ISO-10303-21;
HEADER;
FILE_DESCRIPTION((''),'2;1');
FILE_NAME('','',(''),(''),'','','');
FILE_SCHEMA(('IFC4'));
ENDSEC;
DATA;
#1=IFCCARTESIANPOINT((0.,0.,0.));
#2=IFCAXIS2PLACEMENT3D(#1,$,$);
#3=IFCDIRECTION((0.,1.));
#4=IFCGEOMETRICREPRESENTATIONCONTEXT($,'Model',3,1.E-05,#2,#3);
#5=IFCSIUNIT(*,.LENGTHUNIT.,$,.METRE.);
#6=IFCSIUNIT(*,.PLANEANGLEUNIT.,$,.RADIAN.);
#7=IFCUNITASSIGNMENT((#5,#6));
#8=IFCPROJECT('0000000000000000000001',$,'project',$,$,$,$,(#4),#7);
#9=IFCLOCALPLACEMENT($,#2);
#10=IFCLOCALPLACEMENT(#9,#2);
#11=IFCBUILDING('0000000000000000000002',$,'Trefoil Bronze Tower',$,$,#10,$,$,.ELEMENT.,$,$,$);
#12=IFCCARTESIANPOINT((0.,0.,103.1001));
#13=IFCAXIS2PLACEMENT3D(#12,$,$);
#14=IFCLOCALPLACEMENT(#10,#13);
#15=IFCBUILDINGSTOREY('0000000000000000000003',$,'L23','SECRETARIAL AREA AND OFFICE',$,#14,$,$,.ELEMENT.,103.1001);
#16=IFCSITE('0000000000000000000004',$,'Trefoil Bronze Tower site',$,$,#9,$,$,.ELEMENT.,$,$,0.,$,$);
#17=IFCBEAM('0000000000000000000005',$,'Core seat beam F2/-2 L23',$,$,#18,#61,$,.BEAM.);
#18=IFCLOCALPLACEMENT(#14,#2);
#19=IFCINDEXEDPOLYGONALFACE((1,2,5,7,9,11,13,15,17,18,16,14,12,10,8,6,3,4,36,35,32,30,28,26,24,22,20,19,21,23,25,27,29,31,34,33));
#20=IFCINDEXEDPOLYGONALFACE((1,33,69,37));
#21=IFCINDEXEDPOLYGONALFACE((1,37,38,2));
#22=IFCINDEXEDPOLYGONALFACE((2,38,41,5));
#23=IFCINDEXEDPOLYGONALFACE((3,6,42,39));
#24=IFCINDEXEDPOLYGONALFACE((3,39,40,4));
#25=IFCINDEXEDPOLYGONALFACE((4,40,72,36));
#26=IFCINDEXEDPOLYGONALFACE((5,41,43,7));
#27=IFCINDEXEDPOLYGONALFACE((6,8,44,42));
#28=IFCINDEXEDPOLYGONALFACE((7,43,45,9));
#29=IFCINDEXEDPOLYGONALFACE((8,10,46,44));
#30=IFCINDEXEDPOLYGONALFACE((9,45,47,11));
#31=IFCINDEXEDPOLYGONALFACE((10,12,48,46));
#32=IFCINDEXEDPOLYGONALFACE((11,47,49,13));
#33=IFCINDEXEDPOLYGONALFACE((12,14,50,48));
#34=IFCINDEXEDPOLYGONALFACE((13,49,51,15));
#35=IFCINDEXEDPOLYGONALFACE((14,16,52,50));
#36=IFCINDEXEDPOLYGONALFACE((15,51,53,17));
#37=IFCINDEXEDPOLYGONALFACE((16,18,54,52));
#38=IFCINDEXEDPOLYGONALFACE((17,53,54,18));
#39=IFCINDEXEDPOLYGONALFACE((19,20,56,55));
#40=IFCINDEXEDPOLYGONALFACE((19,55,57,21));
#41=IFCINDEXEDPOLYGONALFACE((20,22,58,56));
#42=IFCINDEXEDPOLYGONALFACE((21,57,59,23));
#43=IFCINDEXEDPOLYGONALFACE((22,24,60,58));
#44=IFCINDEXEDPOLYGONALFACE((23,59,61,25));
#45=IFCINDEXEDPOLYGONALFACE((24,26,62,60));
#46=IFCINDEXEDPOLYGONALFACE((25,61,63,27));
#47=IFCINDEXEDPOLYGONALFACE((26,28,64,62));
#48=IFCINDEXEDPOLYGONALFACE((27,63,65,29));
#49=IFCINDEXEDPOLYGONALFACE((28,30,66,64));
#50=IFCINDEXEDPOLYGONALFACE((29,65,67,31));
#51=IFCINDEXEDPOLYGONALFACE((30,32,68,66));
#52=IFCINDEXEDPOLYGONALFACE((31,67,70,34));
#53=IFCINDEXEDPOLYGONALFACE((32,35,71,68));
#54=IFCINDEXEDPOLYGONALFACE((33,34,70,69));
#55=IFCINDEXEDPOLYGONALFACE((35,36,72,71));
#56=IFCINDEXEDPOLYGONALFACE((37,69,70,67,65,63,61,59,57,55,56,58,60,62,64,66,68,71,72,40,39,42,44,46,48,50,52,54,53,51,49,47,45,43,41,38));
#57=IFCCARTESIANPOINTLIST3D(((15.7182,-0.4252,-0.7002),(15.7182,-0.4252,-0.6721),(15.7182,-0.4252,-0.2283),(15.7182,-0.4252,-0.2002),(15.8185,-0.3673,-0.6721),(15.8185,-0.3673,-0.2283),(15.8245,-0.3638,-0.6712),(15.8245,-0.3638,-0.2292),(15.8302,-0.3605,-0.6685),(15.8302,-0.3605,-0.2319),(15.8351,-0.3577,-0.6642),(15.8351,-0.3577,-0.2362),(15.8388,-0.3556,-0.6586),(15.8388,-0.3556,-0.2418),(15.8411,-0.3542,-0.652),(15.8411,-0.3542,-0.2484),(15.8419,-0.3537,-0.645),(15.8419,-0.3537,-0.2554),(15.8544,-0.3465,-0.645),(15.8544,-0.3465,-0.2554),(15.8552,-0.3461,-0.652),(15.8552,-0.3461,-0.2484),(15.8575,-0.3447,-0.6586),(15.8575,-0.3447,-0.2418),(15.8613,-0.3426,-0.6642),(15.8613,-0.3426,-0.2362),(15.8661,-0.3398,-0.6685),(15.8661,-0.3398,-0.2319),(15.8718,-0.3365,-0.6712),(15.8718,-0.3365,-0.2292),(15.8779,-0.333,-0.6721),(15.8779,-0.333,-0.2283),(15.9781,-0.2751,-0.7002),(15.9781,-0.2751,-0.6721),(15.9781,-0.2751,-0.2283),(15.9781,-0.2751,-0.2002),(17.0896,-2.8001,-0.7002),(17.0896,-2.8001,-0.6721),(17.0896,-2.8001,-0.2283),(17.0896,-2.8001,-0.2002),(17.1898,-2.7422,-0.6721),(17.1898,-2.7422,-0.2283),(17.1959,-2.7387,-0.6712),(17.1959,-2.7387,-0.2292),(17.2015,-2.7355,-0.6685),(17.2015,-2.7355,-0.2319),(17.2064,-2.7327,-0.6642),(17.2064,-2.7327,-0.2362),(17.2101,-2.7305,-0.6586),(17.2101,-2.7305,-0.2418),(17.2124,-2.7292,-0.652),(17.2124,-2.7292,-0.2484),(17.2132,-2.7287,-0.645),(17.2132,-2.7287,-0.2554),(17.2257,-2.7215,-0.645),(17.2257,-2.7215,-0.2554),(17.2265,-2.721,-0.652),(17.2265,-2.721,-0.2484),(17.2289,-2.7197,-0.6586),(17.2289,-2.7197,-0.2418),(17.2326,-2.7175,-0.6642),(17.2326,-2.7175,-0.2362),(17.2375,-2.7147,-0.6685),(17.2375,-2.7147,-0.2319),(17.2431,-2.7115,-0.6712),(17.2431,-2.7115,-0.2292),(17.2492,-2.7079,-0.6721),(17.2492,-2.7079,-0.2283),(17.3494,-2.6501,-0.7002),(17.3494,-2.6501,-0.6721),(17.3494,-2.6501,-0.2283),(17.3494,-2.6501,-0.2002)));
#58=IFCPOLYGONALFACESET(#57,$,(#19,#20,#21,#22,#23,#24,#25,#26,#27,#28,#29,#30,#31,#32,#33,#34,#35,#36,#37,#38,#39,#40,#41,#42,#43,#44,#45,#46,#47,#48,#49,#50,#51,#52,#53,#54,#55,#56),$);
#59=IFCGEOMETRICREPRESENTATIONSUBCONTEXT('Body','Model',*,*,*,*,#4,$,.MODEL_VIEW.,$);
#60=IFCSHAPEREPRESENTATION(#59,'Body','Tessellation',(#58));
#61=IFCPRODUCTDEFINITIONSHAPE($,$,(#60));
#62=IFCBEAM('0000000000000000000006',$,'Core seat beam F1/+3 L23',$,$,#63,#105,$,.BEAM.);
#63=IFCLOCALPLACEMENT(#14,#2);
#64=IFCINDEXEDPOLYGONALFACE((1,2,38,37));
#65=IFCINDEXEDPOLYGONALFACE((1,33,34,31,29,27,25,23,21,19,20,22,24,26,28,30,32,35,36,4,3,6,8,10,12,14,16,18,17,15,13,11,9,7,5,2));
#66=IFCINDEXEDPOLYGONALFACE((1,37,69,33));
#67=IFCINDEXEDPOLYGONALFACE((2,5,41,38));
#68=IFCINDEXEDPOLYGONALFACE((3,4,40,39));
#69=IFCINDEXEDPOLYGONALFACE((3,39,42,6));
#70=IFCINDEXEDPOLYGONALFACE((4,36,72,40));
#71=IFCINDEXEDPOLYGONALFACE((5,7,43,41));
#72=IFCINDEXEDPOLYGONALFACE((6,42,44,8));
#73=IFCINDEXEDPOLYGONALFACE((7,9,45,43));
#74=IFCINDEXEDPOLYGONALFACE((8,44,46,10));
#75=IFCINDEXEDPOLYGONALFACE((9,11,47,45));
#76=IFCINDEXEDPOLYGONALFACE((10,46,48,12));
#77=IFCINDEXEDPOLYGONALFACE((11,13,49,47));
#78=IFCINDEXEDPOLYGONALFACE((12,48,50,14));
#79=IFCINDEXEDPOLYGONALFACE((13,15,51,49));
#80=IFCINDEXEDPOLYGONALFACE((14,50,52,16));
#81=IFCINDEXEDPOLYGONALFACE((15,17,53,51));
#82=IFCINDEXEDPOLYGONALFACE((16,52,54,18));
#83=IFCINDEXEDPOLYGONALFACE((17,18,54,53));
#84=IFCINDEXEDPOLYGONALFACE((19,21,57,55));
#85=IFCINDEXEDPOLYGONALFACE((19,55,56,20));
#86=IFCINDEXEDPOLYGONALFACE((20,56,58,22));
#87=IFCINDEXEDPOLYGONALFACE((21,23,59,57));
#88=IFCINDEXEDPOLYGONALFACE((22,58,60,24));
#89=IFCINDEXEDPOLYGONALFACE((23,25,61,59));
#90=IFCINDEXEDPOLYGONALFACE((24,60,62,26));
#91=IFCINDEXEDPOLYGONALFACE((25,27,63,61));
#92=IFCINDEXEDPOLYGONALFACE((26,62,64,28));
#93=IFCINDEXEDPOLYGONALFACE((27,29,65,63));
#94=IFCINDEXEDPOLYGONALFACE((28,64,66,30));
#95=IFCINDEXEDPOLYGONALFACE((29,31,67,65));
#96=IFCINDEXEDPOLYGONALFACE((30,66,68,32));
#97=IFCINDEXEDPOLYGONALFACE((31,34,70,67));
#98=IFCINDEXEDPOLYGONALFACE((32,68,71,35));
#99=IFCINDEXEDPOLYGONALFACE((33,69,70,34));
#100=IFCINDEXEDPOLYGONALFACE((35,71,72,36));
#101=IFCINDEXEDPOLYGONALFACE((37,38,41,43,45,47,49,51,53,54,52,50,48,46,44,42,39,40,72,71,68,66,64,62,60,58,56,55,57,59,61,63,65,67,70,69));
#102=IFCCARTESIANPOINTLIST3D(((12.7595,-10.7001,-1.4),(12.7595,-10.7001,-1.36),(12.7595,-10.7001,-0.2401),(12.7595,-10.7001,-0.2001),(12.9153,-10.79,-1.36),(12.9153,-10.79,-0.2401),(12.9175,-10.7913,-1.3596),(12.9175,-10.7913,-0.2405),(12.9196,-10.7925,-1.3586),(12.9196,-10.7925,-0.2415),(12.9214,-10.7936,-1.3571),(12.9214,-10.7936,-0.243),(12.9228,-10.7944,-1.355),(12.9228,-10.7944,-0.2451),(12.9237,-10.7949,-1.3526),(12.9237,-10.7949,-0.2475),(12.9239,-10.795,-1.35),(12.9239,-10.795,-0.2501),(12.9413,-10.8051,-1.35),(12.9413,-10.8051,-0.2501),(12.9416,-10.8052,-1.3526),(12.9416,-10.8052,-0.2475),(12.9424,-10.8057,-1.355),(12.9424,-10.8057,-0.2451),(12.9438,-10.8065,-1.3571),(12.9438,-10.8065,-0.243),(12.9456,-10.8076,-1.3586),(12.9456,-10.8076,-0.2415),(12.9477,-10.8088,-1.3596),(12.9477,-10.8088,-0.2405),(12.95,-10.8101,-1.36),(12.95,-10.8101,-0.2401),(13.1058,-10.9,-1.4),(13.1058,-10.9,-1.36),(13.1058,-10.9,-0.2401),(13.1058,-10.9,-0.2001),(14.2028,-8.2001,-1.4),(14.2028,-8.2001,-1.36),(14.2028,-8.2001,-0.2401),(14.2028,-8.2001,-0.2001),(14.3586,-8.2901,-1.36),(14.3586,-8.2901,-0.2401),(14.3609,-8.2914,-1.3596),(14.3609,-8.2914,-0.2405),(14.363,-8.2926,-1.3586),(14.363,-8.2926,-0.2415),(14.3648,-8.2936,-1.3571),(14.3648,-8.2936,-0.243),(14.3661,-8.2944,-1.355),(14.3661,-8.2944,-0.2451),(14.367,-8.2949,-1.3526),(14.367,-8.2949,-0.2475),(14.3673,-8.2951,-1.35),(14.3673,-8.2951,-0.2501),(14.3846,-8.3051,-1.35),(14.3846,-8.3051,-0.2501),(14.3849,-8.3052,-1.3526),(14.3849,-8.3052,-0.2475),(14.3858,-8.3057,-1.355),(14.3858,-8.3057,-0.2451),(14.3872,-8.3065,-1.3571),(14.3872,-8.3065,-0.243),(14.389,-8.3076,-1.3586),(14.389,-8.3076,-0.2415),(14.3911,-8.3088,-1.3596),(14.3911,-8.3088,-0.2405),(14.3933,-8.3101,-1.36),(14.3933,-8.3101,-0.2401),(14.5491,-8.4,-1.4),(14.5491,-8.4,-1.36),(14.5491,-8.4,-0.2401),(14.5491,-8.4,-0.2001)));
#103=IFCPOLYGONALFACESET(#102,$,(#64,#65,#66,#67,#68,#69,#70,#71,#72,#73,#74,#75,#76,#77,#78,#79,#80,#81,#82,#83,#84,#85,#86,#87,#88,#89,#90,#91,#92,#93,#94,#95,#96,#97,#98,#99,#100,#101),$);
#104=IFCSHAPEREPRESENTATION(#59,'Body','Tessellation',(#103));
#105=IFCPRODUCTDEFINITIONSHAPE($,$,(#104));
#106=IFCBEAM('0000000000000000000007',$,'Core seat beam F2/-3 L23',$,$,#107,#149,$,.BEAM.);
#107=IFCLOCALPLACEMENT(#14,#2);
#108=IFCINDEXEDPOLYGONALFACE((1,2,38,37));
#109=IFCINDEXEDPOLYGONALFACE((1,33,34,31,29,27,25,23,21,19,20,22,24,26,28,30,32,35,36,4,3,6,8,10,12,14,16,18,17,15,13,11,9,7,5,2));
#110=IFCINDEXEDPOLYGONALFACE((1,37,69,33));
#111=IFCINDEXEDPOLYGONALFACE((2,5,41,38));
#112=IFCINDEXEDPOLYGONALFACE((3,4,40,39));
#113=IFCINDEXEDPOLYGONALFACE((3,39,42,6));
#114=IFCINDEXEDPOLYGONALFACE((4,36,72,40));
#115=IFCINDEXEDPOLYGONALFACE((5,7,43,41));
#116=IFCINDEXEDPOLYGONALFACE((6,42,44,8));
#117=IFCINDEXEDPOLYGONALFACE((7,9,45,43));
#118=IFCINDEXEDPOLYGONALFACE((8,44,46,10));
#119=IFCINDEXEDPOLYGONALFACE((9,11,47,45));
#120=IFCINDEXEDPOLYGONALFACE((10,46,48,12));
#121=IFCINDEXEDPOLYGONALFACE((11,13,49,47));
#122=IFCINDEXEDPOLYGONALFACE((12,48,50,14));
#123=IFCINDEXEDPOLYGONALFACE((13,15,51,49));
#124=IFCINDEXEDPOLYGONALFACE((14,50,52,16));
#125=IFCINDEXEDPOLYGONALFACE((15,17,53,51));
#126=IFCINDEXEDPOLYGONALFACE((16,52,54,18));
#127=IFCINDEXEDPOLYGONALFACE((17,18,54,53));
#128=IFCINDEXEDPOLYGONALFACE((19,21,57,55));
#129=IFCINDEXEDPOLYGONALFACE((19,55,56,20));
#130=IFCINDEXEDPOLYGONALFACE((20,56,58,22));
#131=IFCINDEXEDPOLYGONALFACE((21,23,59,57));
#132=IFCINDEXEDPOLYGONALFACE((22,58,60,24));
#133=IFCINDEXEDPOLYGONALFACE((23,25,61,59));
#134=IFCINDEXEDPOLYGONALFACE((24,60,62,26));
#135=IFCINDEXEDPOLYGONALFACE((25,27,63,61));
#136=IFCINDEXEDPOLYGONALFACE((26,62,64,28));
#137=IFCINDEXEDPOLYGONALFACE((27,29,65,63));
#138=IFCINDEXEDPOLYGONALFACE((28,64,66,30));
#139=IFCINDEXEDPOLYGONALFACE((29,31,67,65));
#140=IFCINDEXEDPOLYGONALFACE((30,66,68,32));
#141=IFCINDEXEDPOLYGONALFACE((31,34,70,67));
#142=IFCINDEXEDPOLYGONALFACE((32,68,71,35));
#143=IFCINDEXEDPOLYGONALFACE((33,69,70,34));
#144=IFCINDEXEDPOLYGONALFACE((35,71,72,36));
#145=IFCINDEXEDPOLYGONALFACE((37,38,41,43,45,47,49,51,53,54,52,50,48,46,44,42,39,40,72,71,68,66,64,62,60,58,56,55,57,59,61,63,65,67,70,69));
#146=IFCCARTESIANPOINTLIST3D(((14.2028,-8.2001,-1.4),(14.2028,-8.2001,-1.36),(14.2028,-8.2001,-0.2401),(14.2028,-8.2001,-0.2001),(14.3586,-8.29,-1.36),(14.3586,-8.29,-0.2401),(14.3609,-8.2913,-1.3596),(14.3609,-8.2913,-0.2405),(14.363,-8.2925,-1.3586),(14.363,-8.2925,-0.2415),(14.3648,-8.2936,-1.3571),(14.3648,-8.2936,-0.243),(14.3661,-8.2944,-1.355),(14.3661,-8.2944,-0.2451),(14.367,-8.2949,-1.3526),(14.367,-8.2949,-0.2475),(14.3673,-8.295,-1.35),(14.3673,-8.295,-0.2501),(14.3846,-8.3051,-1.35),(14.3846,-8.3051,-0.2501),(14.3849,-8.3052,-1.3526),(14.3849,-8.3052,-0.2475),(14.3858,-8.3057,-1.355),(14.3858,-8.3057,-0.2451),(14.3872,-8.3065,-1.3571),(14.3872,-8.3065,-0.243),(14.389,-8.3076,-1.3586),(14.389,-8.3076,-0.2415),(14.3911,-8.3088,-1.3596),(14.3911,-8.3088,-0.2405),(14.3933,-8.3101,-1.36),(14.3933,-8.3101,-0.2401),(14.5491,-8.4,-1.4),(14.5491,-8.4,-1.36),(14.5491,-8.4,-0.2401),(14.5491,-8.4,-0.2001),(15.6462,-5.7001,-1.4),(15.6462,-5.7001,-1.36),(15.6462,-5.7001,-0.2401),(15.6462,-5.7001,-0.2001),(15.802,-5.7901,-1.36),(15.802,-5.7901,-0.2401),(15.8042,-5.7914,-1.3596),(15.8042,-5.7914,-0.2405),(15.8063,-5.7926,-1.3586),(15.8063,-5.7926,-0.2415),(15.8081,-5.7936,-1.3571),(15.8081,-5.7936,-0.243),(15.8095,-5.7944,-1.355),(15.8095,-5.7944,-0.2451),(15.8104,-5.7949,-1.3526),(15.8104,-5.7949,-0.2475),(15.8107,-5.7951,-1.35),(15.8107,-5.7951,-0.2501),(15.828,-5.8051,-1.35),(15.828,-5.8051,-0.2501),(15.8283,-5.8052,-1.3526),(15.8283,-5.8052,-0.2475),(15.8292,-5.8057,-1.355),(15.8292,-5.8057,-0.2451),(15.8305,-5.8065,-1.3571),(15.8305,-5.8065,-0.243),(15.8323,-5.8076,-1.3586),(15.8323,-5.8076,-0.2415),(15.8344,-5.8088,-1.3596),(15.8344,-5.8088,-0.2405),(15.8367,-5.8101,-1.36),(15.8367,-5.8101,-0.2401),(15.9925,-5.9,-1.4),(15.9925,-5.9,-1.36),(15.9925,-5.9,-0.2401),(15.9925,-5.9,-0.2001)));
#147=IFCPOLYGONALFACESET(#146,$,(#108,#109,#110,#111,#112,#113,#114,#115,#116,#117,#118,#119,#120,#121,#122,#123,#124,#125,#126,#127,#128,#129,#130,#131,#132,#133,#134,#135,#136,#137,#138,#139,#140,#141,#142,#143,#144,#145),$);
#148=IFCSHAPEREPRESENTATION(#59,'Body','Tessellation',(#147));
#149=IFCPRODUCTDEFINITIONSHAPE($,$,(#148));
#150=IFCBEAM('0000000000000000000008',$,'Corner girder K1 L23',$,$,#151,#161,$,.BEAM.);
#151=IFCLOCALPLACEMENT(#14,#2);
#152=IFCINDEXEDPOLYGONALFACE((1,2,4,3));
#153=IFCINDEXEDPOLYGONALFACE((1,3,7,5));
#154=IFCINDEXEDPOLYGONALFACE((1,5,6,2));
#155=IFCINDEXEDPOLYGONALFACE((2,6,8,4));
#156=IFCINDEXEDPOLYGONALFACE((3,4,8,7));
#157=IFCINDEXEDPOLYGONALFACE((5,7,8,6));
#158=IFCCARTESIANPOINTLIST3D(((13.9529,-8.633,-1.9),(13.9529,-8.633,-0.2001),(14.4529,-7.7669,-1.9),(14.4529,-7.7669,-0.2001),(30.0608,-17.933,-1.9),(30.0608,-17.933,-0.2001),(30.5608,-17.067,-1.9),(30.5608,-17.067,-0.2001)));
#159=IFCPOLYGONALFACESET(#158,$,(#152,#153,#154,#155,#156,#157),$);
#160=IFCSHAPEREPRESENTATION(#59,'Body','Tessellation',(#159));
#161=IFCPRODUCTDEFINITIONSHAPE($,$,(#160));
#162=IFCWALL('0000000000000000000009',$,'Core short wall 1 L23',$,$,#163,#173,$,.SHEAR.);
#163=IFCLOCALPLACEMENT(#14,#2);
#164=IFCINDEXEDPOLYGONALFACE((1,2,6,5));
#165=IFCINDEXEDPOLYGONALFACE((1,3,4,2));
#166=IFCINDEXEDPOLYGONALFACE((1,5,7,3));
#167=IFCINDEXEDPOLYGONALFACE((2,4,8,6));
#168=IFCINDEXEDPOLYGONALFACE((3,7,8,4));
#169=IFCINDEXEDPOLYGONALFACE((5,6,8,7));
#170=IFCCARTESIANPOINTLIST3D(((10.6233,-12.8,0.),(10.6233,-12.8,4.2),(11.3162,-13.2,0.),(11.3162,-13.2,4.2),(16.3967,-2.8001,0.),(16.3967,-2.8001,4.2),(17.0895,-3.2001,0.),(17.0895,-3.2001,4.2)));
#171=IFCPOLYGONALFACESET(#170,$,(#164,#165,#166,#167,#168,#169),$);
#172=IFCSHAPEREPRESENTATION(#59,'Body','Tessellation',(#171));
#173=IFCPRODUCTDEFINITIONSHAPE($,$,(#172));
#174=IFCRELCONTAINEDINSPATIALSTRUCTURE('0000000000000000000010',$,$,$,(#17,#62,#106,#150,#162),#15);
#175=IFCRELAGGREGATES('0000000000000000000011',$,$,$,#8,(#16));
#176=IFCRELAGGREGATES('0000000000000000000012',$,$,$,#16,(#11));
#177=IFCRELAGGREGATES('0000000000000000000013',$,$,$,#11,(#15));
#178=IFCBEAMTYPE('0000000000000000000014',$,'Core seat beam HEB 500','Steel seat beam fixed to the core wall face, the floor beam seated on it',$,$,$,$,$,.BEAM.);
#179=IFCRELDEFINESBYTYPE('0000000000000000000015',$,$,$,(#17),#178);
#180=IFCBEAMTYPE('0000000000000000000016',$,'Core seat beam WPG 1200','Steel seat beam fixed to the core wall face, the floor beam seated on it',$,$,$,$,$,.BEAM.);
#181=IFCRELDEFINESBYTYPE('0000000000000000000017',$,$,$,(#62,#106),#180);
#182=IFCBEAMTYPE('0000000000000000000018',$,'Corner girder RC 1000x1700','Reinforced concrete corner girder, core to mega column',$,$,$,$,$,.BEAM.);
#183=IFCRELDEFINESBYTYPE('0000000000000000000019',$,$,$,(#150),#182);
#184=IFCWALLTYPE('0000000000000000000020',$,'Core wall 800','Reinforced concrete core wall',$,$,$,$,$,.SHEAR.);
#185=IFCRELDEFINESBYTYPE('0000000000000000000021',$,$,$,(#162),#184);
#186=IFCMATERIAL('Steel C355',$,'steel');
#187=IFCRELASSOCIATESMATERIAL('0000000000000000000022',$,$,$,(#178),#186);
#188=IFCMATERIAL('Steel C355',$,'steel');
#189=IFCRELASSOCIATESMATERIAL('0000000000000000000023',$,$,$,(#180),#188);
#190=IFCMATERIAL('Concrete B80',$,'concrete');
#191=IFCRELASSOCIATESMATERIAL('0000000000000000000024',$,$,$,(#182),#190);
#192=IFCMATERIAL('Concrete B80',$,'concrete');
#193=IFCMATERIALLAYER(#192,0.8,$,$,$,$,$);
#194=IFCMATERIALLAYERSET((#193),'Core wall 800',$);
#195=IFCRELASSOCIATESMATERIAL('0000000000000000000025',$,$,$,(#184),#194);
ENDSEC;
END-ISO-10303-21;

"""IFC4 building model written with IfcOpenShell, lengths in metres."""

from ifc_helpers import new_model, si_unit, direction, frame, frame_2d, origin, origin_2d, place, context, subcontext, project, spatial, rectangle, i_section, extrude, material, layer, layer_set, material_profile, profile_set, type_object, element, save


model = new_model("IFC4")

# Units and contexts
model_context = context("Model", 3, precision=1e-05, world=origin(), true_north=direction((0.0, 1.0)))
body_context = subcontext(model_context, "Body", "Model", "MODEL_VIEW")
ifc_project = project(units=[si_unit("LENGTHUNIT", "METRE"), si_unit("PLANEANGLEUNIT", "RADIAN")], contexts=[model_context])

# Site, building, storey
site_placement = place(None, origin())
site = spatial("IfcSite", under=ifc_project, at=site_placement, Name="Trefoil Bronze Tower site", CompositionType="ELEMENT", RefElevation=0.0)
building_placement = place(site_placement, origin())
building = spatial("IfcBuilding", under=site, at=building_placement, Name="Trefoil Bronze Tower", CompositionType="ELEMENT")
storey_placement = place(building_placement, frame((0.0, 0.0, 103.1001)))
storey = spatial("IfcBuildingStorey", under=building, at=storey_placement, Name="L23", Description="SECRETARIAL AREA AND OFFICE", CompositionType="ELEMENT", Elevation=103.1001)

# Beams
ifc_material_1 = material(Name="Steel C355", Category="steel")
ifc_material_profile_1 = material_profile(ifc_material_1, i_section(OverallWidth=0.3, OverallDepth=0.5, WebThickness=0.0144, FlangeThickness=0.0281, FilletRadius=0.0271, at=origin_2d()), Name="HEB 500")
ifc_profile_set_1 = profile_set([ifc_material_profile_1], Name="Steel C355")
beam_type_1 = type_object("IfcBeamType", Name="Core seat beam HEB 500", Description="Steel seat beam fixed to the core wall face, the floor beam seated on it", PredefinedType="BEAM", material=ifc_profile_set_1)
beam_1_placement = place(storey_placement, frame((17.2195, -2.7251, -0.4502), z_axis=(-0.500036, 0.866005, 0.0), x_axis=(-0.866005, -0.500036, 0.0)))
element("IfcBeam", 1, at=beam_1_placement, inside=storey, type_object=beam_type_1, Name="Core seat beam F2/-2 L23", PredefinedType="BEAM", context=body_context, shape_type="SweptSolid", body=[
    extrude(i_section(OverallWidth=0.3, OverallDepth=0.5, WebThickness=0.0144, FlangeThickness=0.0281, FilletRadius=0.0271, at=origin_2d()), origin(), (0.0, 0.0, 1.0), 2.7424),
])
ifc_material_2 = material(Name="Steel C355", Category="steel")
ifc_material_profile_2 = material_profile(ifc_material_2, i_section(OverallWidth=0.3999, OverallDepth=1.2, WebThickness=0.02, FlangeThickness=0.04, FilletRadius=0.01, at=origin_2d()), Name="WPG 1200")
ifc_profile_set_2 = profile_set([ifc_material_profile_2], Name="Steel C355")
beam_type_2 = type_object("IfcBeamType", Name="Core seat beam WPG 1200", Description="Steel seat beam fixed to the core wall face, the floor beam seated on it", PredefinedType="BEAM", material=ifc_profile_set_2)
for number, where, z_axis, x_axis, name in (
    (2, (12.9326, -10.8, -0.8), (0.499996, 0.866028, 0.0), (-0.866028, 0.499996, 0.0), "Core seat beam F1/+3 L23"),
    (3, (14.376, -8.3, -0.8), (0.499996, 0.866028, 0.0), (-0.866028, 0.499996, 0.0), "Core seat beam F2/-3 L23"),
):
    element("IfcBeam", number, at=place(storey_placement, frame(where, z_axis=z_axis, x_axis=x_axis)), inside=storey, type_object=beam_type_2, Name=name, PredefinedType="BEAM", context=body_context, shape_type="SweptSolid", body=[
        extrude(i_section(OverallWidth=0.3999, OverallDepth=1.2, WebThickness=0.02, FlangeThickness=0.04, FilletRadius=0.01, at=origin_2d()), origin(), (0.0, 0.0, 1.0), 2.8867),
    ])
ifc_material_3 = material(Name="Concrete B80", Category="concrete")
ifc_material_profile_3 = material_profile(ifc_material_3, rectangle(XDim=1.0, YDim=1.7, at=origin_2d()), Name="RC 1000x1700")
ifc_profile_set_3 = profile_set([ifc_material_profile_3], Name="Concrete B80")
beam_type_3 = type_object("IfcBeamType", Name="Corner girder RC 1000x1700", Description="Reinforced concrete corner girder, core to mega column", PredefinedType="BEAM", material=ifc_profile_set_3)
beam_2_placement = place(storey_placement, frame((14.2029, -8.2, -1.05), z_axis=(0.866022, -0.500006, 0.0), x_axis=(0.500006, 0.866022, 0.0)))
element("IfcBeam", 4, at=beam_2_placement, inside=storey, type_object=beam_type_3, Name="Corner girder K1 L23", PredefinedType="BEAM", context=body_context, shape_type="SweptSolid", body=[
    extrude(rectangle(XDim=1.0, YDim=1.7, at=origin_2d()), origin(), (0.0, 0.0, 1.0), 18.5999),
])

# Wall
ifc_material_4 = material(Name="Concrete B80", Category="concrete")
ifc_layer_1 = layer(ifc_material_4, 0.8)
ifc_layer_set_1 = layer_set([ifc_layer_1], Name="Core wall 800")
wall_type_1 = type_object("IfcWallType", Name="Core wall 800", Description="Reinforced concrete core wall", PredefinedType="SHEAR", material=ifc_layer_set_1)
wall_1_placement = place(storey_placement, frame((10.9697, -13.0, 0.0), z_axis=(0.0, 0.0, 1.0), x_axis=(0.499996, 0.866028, 0.0)))
element("IfcWall", 5, at=wall_1_placement, inside=storey, type_object=wall_type_1, Name="Core short wall 1 L23", PredefinedType="SHEAR", context=body_context, shape_type="SweptSolid", body=[
    extrude(rectangle(XDim=11.5469, YDim=0.8, at=frame_2d((5.7734, 0.0))), origin(), (0.0, 0.0, 1.0), 4.2),
])

save(model, "model.ifc")
